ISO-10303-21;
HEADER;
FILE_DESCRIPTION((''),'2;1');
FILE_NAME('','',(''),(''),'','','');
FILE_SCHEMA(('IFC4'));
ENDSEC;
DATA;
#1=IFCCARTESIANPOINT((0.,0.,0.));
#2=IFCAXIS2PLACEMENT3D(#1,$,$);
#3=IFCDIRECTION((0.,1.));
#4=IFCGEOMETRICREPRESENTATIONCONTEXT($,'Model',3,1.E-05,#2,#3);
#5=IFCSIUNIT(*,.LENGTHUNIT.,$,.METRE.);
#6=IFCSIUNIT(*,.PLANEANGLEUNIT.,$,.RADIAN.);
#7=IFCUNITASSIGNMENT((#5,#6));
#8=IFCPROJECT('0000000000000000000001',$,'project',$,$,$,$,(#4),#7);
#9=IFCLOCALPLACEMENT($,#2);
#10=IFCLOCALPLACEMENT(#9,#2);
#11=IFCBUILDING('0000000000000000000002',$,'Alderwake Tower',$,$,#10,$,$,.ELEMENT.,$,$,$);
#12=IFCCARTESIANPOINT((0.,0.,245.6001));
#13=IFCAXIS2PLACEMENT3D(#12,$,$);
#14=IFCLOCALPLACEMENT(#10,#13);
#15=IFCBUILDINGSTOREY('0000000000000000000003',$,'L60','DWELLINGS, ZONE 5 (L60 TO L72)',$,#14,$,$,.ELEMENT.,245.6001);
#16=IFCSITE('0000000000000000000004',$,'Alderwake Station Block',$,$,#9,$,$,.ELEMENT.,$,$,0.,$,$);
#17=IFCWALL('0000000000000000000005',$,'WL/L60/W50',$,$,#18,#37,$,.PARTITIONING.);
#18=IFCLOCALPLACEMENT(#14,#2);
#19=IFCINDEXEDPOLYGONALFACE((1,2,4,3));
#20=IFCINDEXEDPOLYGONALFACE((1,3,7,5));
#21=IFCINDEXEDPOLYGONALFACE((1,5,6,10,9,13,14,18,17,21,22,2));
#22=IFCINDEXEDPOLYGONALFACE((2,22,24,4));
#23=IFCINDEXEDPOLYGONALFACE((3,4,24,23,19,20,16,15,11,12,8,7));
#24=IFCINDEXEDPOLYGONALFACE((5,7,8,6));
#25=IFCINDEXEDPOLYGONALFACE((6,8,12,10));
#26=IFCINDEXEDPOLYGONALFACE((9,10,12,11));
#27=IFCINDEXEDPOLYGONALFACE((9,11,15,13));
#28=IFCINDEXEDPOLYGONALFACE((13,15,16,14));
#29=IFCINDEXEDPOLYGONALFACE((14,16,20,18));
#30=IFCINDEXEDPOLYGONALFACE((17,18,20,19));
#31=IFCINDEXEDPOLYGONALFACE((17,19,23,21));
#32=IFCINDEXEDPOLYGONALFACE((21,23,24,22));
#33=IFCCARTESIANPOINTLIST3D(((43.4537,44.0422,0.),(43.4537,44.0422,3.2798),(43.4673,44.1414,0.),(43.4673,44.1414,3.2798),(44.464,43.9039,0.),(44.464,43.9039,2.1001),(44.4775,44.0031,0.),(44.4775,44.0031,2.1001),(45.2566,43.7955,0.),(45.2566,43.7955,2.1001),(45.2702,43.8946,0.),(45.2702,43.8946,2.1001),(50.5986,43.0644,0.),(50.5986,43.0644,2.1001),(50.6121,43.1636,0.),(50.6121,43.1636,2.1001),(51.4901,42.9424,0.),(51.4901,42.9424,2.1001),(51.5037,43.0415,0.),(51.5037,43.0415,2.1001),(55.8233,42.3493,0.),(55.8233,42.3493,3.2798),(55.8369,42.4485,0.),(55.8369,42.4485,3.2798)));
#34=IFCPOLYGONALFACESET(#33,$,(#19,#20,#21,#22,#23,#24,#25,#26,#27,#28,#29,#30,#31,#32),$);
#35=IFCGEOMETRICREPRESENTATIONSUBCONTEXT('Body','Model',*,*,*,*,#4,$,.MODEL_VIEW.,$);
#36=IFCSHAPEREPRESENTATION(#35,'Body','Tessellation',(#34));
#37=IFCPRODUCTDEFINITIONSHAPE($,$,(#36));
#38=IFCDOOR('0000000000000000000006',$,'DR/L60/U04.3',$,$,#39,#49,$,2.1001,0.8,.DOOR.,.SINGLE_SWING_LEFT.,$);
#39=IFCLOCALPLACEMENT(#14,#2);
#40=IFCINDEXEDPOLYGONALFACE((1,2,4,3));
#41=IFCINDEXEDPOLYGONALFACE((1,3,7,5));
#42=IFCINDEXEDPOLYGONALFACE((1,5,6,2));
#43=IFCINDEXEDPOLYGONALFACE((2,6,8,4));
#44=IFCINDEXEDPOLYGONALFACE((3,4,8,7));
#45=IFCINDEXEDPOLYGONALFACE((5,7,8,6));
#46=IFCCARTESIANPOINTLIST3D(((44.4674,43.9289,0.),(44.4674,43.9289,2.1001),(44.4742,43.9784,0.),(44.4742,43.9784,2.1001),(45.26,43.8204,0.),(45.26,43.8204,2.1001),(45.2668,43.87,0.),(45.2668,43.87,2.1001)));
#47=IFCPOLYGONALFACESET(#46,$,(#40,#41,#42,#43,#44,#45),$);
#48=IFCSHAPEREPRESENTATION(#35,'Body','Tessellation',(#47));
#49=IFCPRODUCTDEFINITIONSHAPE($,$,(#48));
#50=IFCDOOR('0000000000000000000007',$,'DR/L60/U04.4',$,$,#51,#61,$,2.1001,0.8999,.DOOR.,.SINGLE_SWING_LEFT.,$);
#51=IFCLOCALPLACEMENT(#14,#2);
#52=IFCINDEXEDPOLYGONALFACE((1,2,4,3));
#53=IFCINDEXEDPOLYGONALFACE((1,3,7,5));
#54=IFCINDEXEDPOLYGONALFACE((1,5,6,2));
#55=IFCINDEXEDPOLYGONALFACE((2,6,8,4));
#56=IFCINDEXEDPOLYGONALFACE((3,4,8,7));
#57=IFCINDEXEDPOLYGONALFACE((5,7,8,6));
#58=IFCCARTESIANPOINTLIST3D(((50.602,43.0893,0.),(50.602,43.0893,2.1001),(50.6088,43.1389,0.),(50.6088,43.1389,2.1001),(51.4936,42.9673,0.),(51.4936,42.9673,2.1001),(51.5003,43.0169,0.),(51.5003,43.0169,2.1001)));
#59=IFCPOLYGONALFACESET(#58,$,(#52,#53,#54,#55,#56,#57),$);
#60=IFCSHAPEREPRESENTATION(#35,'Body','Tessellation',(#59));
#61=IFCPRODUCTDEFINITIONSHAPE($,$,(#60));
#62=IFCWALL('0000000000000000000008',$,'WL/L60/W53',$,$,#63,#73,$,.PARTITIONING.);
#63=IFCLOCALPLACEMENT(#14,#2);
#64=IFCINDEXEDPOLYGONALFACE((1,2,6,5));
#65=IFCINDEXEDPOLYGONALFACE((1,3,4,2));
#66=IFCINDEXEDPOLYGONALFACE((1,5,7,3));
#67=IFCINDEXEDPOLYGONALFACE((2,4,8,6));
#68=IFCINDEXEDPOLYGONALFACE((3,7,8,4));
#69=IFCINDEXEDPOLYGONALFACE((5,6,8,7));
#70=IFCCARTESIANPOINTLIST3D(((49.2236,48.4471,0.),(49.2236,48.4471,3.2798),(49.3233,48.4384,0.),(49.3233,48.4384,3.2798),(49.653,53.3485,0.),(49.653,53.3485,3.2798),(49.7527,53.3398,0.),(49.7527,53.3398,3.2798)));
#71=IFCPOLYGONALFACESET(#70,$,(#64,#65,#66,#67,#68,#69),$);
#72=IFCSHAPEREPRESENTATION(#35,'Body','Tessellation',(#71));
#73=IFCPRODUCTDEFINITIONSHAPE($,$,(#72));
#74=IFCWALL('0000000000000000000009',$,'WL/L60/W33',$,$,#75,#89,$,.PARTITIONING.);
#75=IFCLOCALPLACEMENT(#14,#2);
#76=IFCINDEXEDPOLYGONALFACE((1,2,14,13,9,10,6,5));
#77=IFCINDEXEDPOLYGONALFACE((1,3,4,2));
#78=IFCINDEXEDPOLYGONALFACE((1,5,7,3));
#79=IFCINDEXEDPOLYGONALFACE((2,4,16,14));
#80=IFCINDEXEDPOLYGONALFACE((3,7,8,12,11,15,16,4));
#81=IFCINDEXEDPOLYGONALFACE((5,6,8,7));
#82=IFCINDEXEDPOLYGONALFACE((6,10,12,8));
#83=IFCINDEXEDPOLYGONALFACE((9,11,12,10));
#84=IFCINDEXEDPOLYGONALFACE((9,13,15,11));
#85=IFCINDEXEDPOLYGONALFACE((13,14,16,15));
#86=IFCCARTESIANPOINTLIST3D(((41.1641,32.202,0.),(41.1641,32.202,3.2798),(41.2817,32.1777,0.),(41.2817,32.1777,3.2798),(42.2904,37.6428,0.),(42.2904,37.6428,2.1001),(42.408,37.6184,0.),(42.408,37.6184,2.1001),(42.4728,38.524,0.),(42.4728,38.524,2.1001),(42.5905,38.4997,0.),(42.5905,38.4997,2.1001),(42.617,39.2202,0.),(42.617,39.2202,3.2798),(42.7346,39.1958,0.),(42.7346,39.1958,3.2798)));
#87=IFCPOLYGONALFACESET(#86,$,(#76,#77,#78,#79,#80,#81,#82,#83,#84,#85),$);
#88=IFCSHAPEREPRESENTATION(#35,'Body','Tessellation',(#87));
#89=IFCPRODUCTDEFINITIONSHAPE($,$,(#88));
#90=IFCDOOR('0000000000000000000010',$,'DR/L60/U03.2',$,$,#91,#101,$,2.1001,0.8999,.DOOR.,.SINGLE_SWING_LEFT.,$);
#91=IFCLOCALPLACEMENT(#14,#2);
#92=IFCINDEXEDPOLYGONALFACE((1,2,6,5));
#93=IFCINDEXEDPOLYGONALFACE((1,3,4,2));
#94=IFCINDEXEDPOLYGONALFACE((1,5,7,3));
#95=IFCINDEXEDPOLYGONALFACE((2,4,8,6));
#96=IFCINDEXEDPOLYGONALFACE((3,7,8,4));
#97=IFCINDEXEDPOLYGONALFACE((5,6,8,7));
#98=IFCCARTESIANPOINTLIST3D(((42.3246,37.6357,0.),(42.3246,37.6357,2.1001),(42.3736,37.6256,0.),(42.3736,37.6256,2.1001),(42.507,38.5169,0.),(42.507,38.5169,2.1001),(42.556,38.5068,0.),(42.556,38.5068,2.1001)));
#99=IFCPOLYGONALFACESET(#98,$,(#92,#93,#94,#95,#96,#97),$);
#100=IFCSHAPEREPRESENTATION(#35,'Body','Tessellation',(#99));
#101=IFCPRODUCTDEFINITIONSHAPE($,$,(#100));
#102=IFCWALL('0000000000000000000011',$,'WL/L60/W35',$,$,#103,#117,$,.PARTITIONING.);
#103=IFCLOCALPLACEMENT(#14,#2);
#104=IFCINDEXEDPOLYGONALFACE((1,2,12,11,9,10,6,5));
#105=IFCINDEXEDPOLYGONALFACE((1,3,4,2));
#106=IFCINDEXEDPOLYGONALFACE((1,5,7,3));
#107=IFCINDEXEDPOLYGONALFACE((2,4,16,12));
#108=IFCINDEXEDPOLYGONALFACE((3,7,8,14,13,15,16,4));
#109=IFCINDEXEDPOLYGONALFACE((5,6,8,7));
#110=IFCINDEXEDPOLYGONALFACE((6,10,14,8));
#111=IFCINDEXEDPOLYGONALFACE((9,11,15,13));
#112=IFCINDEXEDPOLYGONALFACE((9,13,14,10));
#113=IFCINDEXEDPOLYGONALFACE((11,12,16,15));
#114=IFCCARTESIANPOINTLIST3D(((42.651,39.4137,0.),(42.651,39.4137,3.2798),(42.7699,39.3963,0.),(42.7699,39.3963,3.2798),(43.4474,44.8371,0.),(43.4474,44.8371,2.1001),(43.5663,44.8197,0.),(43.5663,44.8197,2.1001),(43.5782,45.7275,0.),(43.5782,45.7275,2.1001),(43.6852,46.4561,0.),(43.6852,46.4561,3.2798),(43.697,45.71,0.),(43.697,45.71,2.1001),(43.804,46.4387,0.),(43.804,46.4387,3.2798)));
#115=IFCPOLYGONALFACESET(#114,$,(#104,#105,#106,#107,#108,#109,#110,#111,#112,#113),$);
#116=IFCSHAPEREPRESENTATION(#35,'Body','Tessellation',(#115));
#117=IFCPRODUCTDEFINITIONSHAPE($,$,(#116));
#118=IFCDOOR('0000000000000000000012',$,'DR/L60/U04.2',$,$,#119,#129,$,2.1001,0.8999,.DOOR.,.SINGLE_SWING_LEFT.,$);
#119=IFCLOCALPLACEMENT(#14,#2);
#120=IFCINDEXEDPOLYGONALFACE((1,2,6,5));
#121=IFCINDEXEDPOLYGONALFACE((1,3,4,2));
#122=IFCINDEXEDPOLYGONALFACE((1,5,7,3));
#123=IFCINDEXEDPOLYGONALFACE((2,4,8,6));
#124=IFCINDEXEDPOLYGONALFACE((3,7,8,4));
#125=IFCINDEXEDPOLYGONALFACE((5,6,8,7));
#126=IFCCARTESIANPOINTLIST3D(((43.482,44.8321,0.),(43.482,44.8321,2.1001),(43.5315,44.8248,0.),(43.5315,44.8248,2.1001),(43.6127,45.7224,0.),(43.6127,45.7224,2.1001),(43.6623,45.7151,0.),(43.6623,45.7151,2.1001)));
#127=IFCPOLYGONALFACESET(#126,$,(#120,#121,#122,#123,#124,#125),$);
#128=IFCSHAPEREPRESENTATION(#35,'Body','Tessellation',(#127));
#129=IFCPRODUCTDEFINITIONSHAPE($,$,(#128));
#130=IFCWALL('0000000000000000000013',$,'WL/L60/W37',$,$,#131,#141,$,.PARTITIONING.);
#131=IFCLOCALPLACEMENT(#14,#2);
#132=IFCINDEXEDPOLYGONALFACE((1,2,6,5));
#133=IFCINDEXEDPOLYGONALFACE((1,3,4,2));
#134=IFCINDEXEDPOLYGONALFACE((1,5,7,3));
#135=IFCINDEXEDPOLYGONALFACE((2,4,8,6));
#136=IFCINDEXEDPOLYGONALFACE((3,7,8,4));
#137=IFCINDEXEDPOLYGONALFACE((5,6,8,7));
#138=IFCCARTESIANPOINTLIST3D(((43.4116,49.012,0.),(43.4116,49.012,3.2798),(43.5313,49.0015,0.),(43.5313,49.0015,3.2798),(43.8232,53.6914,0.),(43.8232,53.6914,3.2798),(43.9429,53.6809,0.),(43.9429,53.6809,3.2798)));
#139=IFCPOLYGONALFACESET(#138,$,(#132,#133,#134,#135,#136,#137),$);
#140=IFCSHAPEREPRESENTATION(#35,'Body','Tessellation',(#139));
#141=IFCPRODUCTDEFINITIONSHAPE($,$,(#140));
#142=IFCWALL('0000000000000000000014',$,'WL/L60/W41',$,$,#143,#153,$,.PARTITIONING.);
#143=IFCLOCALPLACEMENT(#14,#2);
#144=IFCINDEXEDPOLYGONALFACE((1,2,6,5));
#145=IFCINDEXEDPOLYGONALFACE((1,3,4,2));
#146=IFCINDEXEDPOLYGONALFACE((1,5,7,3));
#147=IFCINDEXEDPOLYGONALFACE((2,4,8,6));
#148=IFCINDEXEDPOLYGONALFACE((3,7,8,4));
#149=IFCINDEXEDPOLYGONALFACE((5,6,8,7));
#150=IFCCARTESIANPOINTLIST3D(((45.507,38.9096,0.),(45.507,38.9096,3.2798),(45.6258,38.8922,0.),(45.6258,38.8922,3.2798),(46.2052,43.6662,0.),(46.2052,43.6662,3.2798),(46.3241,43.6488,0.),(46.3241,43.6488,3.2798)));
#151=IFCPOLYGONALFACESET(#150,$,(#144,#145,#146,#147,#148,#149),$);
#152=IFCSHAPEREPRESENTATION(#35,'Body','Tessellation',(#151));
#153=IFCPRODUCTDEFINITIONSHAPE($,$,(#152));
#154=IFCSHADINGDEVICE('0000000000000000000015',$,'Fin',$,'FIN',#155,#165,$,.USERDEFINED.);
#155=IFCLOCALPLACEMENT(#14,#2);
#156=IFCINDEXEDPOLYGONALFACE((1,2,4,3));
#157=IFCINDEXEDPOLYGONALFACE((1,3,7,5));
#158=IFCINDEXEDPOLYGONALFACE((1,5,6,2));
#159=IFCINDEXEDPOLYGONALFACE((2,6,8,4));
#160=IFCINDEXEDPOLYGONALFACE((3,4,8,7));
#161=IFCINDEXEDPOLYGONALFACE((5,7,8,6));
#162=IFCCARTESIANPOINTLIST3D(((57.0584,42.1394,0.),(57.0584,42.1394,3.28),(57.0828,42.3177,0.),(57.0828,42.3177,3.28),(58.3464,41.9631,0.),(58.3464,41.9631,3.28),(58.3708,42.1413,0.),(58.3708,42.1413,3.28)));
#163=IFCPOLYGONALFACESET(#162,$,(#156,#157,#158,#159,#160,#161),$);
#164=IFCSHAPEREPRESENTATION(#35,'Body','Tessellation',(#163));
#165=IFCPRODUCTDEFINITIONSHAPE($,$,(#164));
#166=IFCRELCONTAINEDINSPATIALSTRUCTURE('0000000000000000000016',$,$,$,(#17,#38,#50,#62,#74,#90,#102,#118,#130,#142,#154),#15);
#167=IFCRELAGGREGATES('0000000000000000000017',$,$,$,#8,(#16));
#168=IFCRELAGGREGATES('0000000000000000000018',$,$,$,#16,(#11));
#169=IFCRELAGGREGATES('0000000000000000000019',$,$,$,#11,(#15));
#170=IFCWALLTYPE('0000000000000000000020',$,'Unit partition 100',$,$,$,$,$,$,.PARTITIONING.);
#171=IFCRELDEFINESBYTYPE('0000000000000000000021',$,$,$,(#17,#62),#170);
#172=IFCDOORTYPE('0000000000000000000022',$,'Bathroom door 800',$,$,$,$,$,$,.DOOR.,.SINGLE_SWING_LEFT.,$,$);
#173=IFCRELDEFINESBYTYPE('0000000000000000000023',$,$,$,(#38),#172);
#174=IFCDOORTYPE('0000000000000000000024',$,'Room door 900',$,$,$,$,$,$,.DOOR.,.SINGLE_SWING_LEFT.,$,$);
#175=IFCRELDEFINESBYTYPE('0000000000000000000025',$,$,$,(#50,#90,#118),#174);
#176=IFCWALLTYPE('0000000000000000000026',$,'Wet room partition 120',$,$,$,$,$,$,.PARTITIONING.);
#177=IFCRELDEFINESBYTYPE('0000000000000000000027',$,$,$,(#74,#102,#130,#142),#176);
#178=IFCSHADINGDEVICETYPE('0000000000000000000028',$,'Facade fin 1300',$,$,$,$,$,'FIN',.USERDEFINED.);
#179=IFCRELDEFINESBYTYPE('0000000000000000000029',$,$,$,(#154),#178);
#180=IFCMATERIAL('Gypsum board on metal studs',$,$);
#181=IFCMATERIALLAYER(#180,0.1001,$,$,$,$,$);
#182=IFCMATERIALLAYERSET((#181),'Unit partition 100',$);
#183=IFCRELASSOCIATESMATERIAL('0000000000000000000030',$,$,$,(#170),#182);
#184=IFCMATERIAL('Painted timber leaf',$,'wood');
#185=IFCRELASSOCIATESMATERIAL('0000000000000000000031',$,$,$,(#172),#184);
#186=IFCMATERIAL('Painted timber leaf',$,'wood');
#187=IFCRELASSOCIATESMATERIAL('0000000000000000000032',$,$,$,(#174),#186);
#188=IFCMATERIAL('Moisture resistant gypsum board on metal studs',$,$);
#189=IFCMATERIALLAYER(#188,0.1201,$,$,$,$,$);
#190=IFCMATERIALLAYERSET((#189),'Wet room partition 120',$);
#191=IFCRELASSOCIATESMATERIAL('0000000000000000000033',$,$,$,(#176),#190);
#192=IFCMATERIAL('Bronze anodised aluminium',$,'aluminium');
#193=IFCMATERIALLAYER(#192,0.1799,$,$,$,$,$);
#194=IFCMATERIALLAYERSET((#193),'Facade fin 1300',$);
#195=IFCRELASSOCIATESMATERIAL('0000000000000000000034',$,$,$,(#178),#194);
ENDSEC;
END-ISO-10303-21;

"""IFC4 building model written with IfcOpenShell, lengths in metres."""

from ifc_helpers import new_model, si_unit, direction, frame, frame_2d, origin, origin_2d, place, context, subcontext, project, spatial, rectangle, extrude, material, layer, layer_set, type_object, element, fill, save


model = new_model("IFC4")

# Units and contexts
model_context = context("Model", 3, precision=1e-05, world=origin(), true_north=direction((0.0, 1.0)))
body_context = subcontext(model_context, "Body", "Model", "MODEL_VIEW")
ifc_project = project(units=[si_unit("LENGTHUNIT", "METRE"), si_unit("PLANEANGLEUNIT", "RADIAN")], contexts=[model_context])

# Site, building, storey
site_placement = place(None, origin())
site = spatial("IfcSite", under=ifc_project, at=site_placement, Name="Alderwake Station Block", CompositionType="ELEMENT", RefElevation=0.0)
building_placement = place(site_placement, origin())
building = spatial("IfcBuilding", under=site, at=building_placement, Name="Alderwake Tower", CompositionType="ELEMENT")
storey_placement = place(building_placement, frame((0.0, 0.0, 245.6001)))
storey = spatial("IfcBuildingStorey", under=building, at=storey_placement, Name="L60", Description="DWELLINGS, ZONE 5 (L60 TO L72)", CompositionType="ELEMENT", Elevation=245.6001)

# Wall, openings, doors
ifc_material_1 = material(Name="Gypsum board on metal studs")
ifc_layer_1 = layer(ifc_material_1, 0.1001)
ifc_layer_set_1 = layer_set([ifc_layer_1], Name="Unit partition 100")
wall_type_1 = type_object("IfcWallType", Name="Unit partition 100", PredefinedType="PARTITIONING", material=ifc_layer_set_1)
wall_1_placement = place(storey_placement, frame((55.8301, 42.3989, 0.0), z_axis=(0.0, 0.0, 1.0), x_axis=(-0.990765, 0.135593, 0.0)))
wall_1 = element("IfcWall", 1, at=wall_1_placement, inside=storey, type_object=wall_type_1, Name="WL/L60/W50", PredefinedType="PARTITIONING", context=body_context, shape_type="SweptSolid", body=[
    extrude(rectangle(XDim=12.4849, YDim=0.1001, at=frame_2d((6.2424, 0.0))), origin(), (0.0, 0.0, 1.0), 3.2798),
])
opening_1_placement = place(wall_1_placement, frame((10.6653, 0.0, 0.0)))
opening_1 = element("IfcOpeningElement", 2, at=opening_1_placement, cuts=wall_1, PredefinedType="OPENING", context=body_context, shape_type="SweptSolid", body=[
    extrude(rectangle(XDim=0.8, YDim=2.1001, at=frame_2d((0.3999, 1.05))), frame((0.0, 0.0601, 0.0), z_axis=(0.0, -1.0, 0.0), x_axis=(1.0, 0.0, 0.0)), (0.0, 0.0, 1.0), 0.1201),
])
opening_2_placement = place(wall_1_placement, frame((4.3735, 0.0, 0.0)))
opening_2 = element("IfcOpeningElement", 3, at=opening_2_placement, cuts=wall_1, PredefinedType="OPENING", context=body_context, shape_type="SweptSolid", body=[
    extrude(rectangle(XDim=0.8999, YDim=2.1001, at=frame_2d((0.45, 1.05))), frame((0.0, 0.0601, 0.0), z_axis=(0.0, -1.0, 0.0), x_axis=(1.0, 0.0, 0.0)), (0.0, 0.0, 1.0), 0.1201),
])
ifc_material_2 = material(Name="Painted timber leaf", Category="wood")
door_type_1 = type_object("IfcDoorType", Name="Bathroom door 800", OperationType="SINGLE_SWING_LEFT", PredefinedType="DOOR", material=ifc_material_2)
door_1_placement = place(opening_1_placement, origin())
door_1 = element("IfcDoor", 4, at=door_1_placement, inside=storey, type_object=door_type_1, Name="DR/L60/U04.3", OperationType="SINGLE_SWING_LEFT", OverallHeight=2.1001, OverallWidth=0.8, PredefinedType="DOOR", context=body_context, shape_type="SweptSolid", body=[
    extrude(rectangle(XDim=0.8, YDim=2.1001, at=frame_2d((0.3999, 1.05))), frame((0.0, 0.0249, 0.0), z_axis=(0.0, -1.0, 0.0), x_axis=(1.0, 0.0, 0.0)), (0.0, 0.0, 1.0), 0.05),
])
fill(opening_1, door_1)
ifc_material_3 = material(Name="Painted timber leaf", Category="wood")
door_type_2 = type_object("IfcDoorType", Name="Room door 900", OperationType="SINGLE_SWING_LEFT", PredefinedType="DOOR", material=ifc_material_3)
door_2_placement = place(opening_2_placement, origin())
door_2 = element("IfcDoor", 5, at=door_2_placement, inside=storey, type_object=door_type_2, Name="DR/L60/U04.4", OperationType="SINGLE_SWING_LEFT", OverallHeight=2.1001, OverallWidth=0.8999, PredefinedType="DOOR", context=body_context, shape_type="SweptSolid", body=[
    extrude(rectangle(XDim=0.8999, YDim=2.1001, at=frame_2d((0.45, 1.05))), frame((0.0, 0.0249, 0.0), z_axis=(0.0, -1.0, 0.0), x_axis=(1.0, 0.0, 0.0)), (0.0, 0.0, 1.0), 0.05),
])
fill(opening_2, door_2)

# Wall
wall_2_placement = place(storey_placement, frame((49.2734, 48.4429, 0.0), z_axis=(0.0, 0.0, 1.0), x_axis=(0.087283, 0.996184, 0.0)))
element("IfcWall", 6, at=wall_2_placement, inside=storey, type_object=wall_type_1, Name="WL/L60/W53", PredefinedType="PARTITIONING", context=body_context, shape_type="SweptSolid", body=[
    extrude(rectangle(XDim=4.9202, YDim=0.1001, at=frame_2d((2.46, 0.0))), origin(), (0.0, 0.0, 1.0), 3.2798),
])

# Walls, openings, doors
ifc_material_4 = material(Name="Moisture resistant gypsum board on metal studs")
ifc_layer_2 = layer(ifc_material_4, 0.1201)
ifc_layer_set_2 = layer_set([ifc_layer_2], Name="Wet room partition 120")
wall_type_2 = type_object("IfcWallType", Name="Wet room partition 120", PredefinedType="PARTITIONING", material=ifc_layer_set_2)
wall_3_placement = place(storey_placement, frame((42.6758, 39.208, 0.0), z_axis=(0.0, 0.0, 1.0), x_axis=(-0.202722, -0.979236, 0.0)))
wall_3 = element("IfcWall", 7, at=wall_3_placement, inside=storey, type_object=wall_type_2, Name="WL/L60/W33", PredefinedType="PARTITIONING", context=body_context, shape_type="SweptSolid", body=[
    extrude(rectangle(XDim=7.167, YDim=0.1201, at=frame_2d((3.5835, 0.0))), origin(), (0.0, 0.0, 1.0), 3.2798),
])
opening_3_placement = place(wall_3_placement, frame((0.7109, 0.0, 0.0)))
opening_3 = element("IfcOpeningElement", 8, at=opening_3_placement, cuts=wall_3, PredefinedType="OPENING", context=body_context, shape_type="SweptSolid", body=[
    extrude(rectangle(XDim=0.8999, YDim=2.1001, at=frame_2d((0.45, 1.05))), frame((0.0, 0.0701, 0.0), z_axis=(0.0, -1.0, 0.0), x_axis=(1.0, 0.0, 0.0)), (0.0, 0.0, 1.0), 0.1401),
])
door_3_placement = place(opening_3_placement, origin())
door_3 = element("IfcDoor", 9, at=door_3_placement, inside=storey, type_object=door_type_2, Name="DR/L60/U03.2", OperationType="SINGLE_SWING_LEFT", OverallHeight=2.1001, OverallWidth=0.8999, PredefinedType="DOOR", context=body_context, shape_type="SweptSolid", body=[
    extrude(rectangle(XDim=0.8999, YDim=2.1001, at=frame_2d((0.45, 1.05))), frame((0.0, 0.0249, 0.0), z_axis=(0.0, -1.0, 0.0), x_axis=(1.0, 0.0, 0.0)), (0.0, 0.0, 1.0), 0.05),
])
fill(opening_3, door_3)
wall_4_placement = place(storey_placement, frame((43.7446, 46.4475, 0.0), z_axis=(0.0, 0.0, 1.0), x_axis=(-0.145291, -0.989389, 0.0)))
wall_4 = element("IfcWall", 10, at=wall_4_placement, inside=storey, type_object=wall_type_2, Name="WL/L60/W35", PredefinedType="PARTITIONING", context=body_context, shape_type="SweptSolid", body=[
    extrude(rectangle(XDim=7.1179, YDim=0.1201, at=frame_2d((3.5591, 0.0))), origin(), (0.0, 0.0, 1.0), 3.2798),
])
opening_4_placement = place(wall_4_placement, frame((0.7366, 0.0, 0.0)))
opening_4 = element("IfcOpeningElement", 11, at=opening_4_placement, cuts=wall_4, PredefinedType="OPENING", context=body_context, shape_type="SweptSolid", body=[
    extrude(rectangle(XDim=0.8999, YDim=2.1001, at=frame_2d((0.45, 1.05))), frame((0.0, 0.0701, 0.0), z_axis=(0.0, -1.0, 0.0), x_axis=(1.0, 0.0, 0.0)), (0.0, 0.0, 1.0), 0.1401),
])
door_4_placement = place(opening_4_placement, origin())
door_4 = element("IfcDoor", 12, at=door_4_placement, inside=storey, type_object=door_type_2, Name="DR/L60/U04.2", OperationType="SINGLE_SWING_LEFT", OverallHeight=2.1001, OverallWidth=0.8999, PredefinedType="DOOR", context=body_context, shape_type="SweptSolid", body=[
    extrude(rectangle(XDim=0.8999, YDim=2.1001, at=frame_2d((0.45, 1.05))), frame((0.0, 0.0249, 0.0), z_axis=(0.0, -1.0, 0.0), x_axis=(1.0, 0.0, 0.0)), (0.0, 0.0, 1.0), 0.05),
])
fill(opening_4, door_4)

# Walls
wall_5_placement = place(storey_placement, frame((43.4714, 49.0068, 0.0), z_axis=(0.0, 0.0, 1.0), x_axis=(0.087625, 0.996154, 0.0)))
element("IfcWall", 13, at=wall_5_placement, inside=storey, type_object=wall_type_2, Name="WL/L60/W37", PredefinedType="PARTITIONING", context=body_context, shape_type="SweptSolid", body=[
    extrude(rectangle(XDim=4.6975, YDim=0.1201, at=frame_2d((2.3486, 0.0))), origin(), (0.0, 0.0, 1.0), 3.2798),
])
wall_6_placement = place(storey_placement, frame((45.5664, 38.9009, 0.0), z_axis=(0.0, 0.0, 1.0), x_axis=(0.145238, 0.989397, 0.0)))
element("IfcWall", 14, at=wall_6_placement, inside=storey, type_object=wall_type_2, Name="WL/L60/W41", PredefinedType="PARTITIONING", context=body_context, shape_type="SweptSolid", body=[
    extrude(rectangle(XDim=4.8076, YDim=0.1201, at=frame_2d((2.4038, 0.0))), origin(), (0.0, 0.0, 1.0), 3.2798),
])

# Shading device
ifc_material_5 = material(Name="Bronze anodised aluminium", Category="aluminium")
ifc_layer_3 = layer(ifc_material_5, 0.1799)
ifc_layer_set_3 = layer_set([ifc_layer_3], Name="Facade fin 1300")
shading_device_type = type_object("IfcShadingDeviceType", Name="Facade fin 1300", ElementType="FIN", PredefinedType="USERDEFINED", material=ifc_layer_set_3)
for number, where, z_axis, x_axis, name in (
    (15, (57.7146, 42.1404, 0.0), (0.0, 0.0, 1.0), (0.990753, -0.135681, 0.0), "Fin"),
):
    element("IfcShadingDevice", number, at=place(storey_placement, frame(where, z_axis=z_axis, x_axis=x_axis)), inside=storey, type_object=shading_device_type, Name=name, ObjectType="FIN", PredefinedType="USERDEFINED", context=body_context, shape_type="SweptSolid", body=[
        extrude(rectangle(XDim=1.3, YDim=0.1799, at=origin_2d()), origin(), (0.0, 0.0, 1.0), 3.28),
    ])

save(model, "model.ifc")
